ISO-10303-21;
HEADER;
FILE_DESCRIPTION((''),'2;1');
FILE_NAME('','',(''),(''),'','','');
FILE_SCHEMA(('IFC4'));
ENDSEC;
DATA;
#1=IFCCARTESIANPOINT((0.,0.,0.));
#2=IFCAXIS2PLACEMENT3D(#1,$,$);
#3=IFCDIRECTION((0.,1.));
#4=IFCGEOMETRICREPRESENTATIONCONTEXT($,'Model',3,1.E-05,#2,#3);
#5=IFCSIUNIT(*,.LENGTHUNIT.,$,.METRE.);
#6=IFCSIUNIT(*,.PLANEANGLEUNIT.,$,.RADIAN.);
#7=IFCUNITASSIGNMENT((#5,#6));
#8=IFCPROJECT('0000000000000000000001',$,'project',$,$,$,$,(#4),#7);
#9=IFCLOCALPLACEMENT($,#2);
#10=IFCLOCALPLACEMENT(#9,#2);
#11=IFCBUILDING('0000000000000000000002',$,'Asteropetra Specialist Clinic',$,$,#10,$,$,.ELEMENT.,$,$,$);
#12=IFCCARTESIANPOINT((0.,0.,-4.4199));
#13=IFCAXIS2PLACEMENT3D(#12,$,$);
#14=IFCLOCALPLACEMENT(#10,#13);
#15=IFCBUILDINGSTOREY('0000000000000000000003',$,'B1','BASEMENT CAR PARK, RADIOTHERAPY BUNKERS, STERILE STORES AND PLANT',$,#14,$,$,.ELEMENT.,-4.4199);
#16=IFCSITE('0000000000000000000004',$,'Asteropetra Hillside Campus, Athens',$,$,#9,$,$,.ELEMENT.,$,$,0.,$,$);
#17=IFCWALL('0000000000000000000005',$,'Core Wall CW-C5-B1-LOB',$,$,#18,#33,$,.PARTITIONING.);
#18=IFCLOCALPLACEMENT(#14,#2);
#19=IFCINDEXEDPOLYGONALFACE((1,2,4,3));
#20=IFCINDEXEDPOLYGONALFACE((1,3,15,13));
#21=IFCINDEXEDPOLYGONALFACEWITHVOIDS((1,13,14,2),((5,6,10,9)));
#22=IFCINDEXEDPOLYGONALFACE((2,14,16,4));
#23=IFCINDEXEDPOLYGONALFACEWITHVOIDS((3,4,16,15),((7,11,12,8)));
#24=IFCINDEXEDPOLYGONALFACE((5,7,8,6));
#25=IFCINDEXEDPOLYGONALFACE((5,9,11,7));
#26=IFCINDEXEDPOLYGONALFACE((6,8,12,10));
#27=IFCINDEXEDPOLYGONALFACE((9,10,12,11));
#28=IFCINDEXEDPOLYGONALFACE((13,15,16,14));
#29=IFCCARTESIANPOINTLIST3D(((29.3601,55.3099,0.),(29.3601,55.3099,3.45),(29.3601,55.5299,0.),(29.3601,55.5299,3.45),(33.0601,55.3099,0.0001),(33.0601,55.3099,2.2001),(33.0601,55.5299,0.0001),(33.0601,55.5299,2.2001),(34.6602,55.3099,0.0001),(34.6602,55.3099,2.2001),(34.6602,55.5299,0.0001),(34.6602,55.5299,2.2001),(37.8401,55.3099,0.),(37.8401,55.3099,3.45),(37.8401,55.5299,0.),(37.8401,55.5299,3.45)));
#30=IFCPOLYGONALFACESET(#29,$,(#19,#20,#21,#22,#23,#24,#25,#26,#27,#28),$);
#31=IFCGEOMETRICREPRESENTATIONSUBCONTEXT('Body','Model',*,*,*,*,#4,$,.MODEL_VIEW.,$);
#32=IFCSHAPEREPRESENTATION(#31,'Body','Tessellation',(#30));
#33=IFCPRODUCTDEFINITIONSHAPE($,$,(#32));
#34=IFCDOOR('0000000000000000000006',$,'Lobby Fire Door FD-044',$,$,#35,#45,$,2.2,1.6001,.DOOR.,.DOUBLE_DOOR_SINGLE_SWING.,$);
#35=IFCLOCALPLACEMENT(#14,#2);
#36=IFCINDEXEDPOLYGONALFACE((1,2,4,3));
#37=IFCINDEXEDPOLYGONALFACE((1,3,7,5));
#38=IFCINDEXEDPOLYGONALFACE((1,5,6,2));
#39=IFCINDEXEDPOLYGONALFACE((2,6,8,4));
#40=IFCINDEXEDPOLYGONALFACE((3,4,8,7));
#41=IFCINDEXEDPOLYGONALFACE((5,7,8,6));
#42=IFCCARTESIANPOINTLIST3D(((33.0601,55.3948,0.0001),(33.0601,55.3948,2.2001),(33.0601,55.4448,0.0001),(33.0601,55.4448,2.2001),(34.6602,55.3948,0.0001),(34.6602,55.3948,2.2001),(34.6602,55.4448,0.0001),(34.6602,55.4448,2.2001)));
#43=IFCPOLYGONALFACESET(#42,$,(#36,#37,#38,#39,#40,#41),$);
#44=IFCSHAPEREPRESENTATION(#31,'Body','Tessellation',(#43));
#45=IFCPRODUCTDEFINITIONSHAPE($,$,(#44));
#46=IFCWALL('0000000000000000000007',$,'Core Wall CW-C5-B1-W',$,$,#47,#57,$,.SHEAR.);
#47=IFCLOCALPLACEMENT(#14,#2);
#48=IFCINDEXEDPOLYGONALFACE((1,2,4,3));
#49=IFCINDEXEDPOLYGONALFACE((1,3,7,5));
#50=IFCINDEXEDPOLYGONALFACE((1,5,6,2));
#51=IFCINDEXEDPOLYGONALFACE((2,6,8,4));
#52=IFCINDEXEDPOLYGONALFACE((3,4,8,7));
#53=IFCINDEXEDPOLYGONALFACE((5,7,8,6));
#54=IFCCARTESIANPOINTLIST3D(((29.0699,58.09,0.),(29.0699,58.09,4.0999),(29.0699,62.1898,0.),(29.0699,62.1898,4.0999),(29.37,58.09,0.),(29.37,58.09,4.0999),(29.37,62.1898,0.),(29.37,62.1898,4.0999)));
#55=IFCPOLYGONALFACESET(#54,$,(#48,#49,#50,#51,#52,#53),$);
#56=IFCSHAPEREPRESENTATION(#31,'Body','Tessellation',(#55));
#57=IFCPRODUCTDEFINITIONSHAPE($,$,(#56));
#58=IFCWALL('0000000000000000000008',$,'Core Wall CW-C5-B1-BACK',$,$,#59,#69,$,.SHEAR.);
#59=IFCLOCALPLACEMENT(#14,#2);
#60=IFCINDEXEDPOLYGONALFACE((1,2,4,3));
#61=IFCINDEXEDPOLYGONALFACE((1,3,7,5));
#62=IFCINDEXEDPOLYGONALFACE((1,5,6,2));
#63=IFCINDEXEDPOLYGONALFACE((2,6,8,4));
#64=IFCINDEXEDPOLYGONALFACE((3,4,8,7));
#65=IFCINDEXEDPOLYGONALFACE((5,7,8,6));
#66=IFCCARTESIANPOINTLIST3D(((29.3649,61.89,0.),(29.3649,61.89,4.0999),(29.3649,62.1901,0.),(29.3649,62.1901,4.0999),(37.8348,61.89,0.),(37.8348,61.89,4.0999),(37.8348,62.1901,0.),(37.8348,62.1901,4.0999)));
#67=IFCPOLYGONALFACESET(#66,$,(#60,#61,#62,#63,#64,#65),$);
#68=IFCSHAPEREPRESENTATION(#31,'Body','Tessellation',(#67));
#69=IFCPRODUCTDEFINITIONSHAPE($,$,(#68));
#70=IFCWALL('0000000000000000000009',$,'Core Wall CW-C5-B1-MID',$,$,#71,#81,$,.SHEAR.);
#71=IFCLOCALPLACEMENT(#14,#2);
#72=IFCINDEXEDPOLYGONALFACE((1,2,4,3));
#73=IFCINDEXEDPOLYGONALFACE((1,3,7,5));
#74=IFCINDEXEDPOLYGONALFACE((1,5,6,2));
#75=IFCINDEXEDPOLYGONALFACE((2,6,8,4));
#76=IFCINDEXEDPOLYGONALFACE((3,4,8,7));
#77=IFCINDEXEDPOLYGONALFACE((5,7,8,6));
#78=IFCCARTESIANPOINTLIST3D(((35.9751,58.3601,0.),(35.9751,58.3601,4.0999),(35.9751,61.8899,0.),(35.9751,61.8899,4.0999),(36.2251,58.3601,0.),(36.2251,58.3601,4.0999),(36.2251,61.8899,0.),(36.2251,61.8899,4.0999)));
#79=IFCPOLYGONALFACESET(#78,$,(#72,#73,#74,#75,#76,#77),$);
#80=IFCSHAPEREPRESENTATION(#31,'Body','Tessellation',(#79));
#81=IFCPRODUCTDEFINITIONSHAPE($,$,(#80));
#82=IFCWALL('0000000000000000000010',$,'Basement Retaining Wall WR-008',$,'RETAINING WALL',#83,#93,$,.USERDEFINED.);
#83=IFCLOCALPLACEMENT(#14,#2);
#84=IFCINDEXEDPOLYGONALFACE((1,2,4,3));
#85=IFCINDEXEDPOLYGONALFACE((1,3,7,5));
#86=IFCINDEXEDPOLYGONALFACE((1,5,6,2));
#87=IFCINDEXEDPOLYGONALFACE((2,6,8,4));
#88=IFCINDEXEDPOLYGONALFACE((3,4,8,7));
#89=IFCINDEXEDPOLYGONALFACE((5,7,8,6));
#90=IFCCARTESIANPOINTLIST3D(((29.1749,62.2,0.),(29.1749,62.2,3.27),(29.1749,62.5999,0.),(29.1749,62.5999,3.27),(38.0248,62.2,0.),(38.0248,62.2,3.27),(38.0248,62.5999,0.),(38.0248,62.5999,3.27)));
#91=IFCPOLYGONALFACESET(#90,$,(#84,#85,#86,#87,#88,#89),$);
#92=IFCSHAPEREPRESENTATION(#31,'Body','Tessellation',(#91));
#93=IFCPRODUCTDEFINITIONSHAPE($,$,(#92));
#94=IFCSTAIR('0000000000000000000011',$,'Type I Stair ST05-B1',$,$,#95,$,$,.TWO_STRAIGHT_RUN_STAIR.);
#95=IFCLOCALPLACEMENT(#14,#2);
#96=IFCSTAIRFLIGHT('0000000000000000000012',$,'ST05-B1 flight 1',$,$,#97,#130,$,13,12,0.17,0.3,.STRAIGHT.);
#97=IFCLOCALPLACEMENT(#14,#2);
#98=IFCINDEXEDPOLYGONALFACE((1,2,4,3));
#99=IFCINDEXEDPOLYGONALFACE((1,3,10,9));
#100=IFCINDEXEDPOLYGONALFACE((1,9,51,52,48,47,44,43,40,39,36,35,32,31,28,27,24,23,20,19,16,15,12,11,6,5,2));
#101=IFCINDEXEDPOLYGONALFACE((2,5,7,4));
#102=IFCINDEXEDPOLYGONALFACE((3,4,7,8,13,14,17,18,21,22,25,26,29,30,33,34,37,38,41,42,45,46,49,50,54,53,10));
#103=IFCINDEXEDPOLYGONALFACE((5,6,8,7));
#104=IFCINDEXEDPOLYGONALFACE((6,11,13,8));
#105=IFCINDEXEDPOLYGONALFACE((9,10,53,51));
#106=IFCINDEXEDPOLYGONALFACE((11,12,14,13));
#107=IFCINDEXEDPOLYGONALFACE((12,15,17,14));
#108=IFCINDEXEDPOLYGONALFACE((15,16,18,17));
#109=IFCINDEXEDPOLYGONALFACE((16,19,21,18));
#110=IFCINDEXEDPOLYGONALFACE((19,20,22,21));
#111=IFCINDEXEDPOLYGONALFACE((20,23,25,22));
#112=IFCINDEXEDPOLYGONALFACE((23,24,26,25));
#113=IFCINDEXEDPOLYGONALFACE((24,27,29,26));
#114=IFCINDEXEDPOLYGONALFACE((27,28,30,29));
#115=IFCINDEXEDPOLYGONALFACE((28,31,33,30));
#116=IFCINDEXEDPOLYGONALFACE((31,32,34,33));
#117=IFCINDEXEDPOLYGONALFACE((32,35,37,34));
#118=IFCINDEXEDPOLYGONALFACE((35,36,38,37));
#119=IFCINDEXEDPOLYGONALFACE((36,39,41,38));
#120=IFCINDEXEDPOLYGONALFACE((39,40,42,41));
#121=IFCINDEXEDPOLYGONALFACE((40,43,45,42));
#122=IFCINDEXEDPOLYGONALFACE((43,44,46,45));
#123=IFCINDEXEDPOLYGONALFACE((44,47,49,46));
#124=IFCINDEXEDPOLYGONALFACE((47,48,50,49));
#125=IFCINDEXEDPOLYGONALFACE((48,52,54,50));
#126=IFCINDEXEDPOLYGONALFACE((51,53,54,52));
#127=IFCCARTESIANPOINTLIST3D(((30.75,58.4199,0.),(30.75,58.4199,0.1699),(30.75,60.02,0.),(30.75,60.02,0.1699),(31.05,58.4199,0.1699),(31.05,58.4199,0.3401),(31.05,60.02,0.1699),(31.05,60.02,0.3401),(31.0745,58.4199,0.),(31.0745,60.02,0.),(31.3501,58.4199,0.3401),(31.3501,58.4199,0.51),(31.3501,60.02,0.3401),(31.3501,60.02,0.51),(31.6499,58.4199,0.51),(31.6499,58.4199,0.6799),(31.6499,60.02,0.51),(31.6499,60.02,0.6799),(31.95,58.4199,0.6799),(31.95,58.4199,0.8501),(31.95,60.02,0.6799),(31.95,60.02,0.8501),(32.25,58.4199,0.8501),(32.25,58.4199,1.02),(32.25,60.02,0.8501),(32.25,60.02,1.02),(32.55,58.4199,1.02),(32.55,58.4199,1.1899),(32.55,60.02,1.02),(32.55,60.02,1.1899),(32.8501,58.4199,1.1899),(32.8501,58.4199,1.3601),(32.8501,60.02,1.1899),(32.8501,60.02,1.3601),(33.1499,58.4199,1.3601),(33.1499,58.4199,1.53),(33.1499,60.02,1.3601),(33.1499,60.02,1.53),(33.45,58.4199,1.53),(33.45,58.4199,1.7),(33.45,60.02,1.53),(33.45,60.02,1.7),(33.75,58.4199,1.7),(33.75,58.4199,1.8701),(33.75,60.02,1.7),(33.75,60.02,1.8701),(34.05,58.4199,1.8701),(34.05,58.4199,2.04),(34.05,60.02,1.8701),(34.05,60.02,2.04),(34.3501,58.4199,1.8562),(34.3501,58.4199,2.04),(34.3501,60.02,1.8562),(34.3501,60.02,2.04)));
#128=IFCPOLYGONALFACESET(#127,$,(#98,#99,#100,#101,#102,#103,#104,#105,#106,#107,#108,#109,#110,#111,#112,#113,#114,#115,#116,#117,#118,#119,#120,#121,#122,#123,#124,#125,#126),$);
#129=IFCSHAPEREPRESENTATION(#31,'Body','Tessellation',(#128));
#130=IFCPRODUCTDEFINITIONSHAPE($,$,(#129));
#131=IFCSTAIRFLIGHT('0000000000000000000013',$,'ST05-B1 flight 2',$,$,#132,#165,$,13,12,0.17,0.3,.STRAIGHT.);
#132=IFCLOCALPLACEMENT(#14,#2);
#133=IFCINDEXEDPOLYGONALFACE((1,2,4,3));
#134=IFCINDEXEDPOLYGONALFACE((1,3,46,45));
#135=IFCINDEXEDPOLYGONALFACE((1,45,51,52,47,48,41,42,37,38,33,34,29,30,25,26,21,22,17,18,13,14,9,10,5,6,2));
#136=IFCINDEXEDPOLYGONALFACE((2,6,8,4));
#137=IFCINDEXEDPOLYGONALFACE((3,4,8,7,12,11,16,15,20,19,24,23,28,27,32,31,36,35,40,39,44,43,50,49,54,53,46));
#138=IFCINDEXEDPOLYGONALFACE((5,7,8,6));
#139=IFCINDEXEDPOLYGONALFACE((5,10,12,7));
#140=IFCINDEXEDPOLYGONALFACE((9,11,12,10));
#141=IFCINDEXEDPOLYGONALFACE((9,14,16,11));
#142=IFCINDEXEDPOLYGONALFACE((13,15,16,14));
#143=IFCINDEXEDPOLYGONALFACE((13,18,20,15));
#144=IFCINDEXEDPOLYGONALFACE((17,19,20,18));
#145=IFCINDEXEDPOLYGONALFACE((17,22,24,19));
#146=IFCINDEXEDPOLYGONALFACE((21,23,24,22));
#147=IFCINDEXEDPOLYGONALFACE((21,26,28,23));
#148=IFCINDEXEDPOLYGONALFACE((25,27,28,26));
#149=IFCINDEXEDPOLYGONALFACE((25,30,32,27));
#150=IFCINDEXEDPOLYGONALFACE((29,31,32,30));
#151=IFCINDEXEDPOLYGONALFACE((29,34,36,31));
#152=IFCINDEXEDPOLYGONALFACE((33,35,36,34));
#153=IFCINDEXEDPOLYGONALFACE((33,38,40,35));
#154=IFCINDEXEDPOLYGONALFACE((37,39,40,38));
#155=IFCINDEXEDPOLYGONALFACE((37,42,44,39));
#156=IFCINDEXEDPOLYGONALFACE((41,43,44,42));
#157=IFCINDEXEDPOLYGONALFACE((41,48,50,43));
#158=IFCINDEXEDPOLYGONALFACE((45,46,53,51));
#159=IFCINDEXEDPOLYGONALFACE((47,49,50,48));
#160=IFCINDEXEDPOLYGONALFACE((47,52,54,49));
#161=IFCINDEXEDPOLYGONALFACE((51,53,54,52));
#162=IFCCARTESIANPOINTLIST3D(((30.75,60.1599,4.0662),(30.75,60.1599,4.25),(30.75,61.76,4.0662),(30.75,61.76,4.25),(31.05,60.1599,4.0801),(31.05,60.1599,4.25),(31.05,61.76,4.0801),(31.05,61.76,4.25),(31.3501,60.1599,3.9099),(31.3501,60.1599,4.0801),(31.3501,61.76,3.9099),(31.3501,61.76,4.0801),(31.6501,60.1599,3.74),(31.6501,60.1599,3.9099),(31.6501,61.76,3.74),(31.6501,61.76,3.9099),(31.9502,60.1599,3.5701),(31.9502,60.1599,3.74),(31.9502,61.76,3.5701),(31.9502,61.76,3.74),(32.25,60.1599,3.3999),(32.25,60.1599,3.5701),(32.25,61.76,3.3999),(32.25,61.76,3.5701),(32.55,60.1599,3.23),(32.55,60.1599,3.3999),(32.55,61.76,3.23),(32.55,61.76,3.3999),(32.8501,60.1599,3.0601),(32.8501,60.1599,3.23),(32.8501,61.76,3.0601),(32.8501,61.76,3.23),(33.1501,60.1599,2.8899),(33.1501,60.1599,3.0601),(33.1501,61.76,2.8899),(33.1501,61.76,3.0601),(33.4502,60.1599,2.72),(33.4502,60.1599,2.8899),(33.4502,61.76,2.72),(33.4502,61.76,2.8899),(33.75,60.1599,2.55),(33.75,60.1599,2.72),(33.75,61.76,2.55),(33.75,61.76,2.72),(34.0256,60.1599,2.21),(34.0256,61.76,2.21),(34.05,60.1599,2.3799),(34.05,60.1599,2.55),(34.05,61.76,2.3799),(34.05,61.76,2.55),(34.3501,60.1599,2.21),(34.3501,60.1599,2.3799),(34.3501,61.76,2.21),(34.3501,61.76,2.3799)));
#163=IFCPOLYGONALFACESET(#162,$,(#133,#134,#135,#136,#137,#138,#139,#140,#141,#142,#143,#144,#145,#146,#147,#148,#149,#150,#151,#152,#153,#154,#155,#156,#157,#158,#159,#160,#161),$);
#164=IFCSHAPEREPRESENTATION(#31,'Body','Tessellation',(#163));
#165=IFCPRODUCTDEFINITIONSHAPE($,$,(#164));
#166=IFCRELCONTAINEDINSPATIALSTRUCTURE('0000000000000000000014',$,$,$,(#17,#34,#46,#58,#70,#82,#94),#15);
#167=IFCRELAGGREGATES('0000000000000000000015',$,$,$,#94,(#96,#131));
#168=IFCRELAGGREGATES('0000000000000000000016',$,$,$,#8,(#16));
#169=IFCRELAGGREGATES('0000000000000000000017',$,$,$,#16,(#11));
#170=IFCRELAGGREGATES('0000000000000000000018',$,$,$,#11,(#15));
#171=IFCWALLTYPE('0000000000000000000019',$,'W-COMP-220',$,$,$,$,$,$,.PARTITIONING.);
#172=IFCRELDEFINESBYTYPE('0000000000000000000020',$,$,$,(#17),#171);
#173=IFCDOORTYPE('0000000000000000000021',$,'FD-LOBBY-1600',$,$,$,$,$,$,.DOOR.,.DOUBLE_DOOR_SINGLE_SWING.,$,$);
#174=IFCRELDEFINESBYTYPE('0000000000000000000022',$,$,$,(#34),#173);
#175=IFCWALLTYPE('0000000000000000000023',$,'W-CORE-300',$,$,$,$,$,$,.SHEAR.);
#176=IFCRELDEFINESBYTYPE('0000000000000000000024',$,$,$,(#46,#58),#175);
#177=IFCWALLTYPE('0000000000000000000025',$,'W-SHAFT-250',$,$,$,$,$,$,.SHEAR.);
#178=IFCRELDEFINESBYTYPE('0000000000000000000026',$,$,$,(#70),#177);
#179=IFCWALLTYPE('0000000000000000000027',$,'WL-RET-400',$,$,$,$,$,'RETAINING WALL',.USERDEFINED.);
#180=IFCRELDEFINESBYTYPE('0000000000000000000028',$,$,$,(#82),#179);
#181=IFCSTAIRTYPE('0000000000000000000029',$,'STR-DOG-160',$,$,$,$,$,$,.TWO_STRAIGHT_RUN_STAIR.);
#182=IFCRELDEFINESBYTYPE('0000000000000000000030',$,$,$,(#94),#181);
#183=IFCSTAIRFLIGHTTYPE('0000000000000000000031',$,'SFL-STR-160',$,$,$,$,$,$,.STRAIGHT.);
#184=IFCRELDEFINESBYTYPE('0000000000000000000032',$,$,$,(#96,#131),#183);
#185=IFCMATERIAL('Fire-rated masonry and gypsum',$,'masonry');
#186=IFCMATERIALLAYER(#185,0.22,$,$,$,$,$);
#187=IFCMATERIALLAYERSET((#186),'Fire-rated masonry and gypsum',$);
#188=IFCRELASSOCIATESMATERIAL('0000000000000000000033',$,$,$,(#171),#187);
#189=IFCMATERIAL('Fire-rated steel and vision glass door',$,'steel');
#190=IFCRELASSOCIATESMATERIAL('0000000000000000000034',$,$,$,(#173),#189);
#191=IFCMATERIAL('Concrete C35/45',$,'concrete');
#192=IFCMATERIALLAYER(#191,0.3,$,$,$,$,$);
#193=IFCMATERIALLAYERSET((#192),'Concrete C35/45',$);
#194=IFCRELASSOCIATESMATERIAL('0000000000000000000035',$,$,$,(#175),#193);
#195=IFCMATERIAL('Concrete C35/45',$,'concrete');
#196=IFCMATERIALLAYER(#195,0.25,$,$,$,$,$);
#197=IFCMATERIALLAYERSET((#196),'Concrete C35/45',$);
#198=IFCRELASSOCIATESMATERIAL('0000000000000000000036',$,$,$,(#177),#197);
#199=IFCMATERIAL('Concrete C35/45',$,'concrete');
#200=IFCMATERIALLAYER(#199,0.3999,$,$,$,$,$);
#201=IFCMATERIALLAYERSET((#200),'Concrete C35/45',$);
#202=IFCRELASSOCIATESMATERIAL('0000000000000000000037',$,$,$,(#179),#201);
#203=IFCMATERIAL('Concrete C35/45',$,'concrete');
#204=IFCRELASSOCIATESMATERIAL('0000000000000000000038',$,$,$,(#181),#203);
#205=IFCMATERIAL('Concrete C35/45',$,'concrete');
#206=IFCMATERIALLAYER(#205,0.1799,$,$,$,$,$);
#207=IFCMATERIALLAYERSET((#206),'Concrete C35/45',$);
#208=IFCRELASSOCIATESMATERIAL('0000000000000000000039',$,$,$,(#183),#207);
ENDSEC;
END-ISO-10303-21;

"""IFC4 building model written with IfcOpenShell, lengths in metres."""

from ifc_helpers import new_model, si_unit, direction, frame, frame_2d, origin, place, context, subcontext, project, spatial, polyline, rectangle, outline, extrude, material, layer, layer_set, type_object, element, fill, aggregate, save


model = new_model("IFC4")

# Units and contexts
model_context = context("Model", 3, precision=1e-05, world=origin(), true_north=direction((0.0, 1.0)))
body_context = subcontext(model_context, "Body", "Model", "MODEL_VIEW")
ifc_project = project(units=[si_unit("LENGTHUNIT", "METRE"), si_unit("PLANEANGLEUNIT", "RADIAN")], contexts=[model_context])

# Site, building, storey
site_placement = place(None, origin())
site = spatial("IfcSite", under=ifc_project, at=site_placement, Name="Asteropetra Hillside Campus, Athens", CompositionType="ELEMENT", RefElevation=0.0)
building_placement = place(site_placement, origin())
building = spatial("IfcBuilding", under=site, at=building_placement, Name="Asteropetra Specialist Clinic", CompositionType="ELEMENT")
storey_placement = place(building_placement, frame((0.0, 0.0, -4.4199)))
storey = spatial("IfcBuildingStorey", under=building, at=storey_placement, Name="B1", Description="BASEMENT CAR PARK, RADIOTHERAPY BUNKERS, STERILE STORES AND PLANT", CompositionType="ELEMENT", Elevation=-4.4199)

# Wall, opening, door
ifc_material_1 = material(Name="Fire-rated masonry and gypsum", Category="masonry")
ifc_layer_1 = layer(ifc_material_1, 0.22)
ifc_layer_set_1 = layer_set([ifc_layer_1], Name="Fire-rated masonry and gypsum")
wall_type_1 = type_object("IfcWallType", Name="W-COMP-220", PredefinedType="PARTITIONING", material=ifc_layer_set_1)
wall_1_placement = place(storey_placement, frame((29.3601, 55.4199, 0.0), z_axis=(0.0, 0.0, 1.0), x_axis=(1.0, 0.0, 0.0)))
wall_1 = element("IfcWall", 1, at=wall_1_placement, inside=storey, type_object=wall_type_1, Name="Core Wall CW-C5-B1-LOB", PredefinedType="PARTITIONING", context=body_context, shape_type="SweptSolid", body=[
    extrude(rectangle(XDim=8.48, YDim=0.22, at=frame_2d((4.24, 0.0))), origin(), (0.0, 0.0, 1.0), 3.45),
])
opening_1_placement = place(wall_1_placement, frame((3.7, 0.0, 0.0)))
opening_1 = element("IfcOpeningElement", 2, at=opening_1_placement, cuts=wall_1, PredefinedType="OPENING", context=body_context, shape_type="SweptSolid", body=[
    extrude(rectangle(XDim=1.6001, YDim=2.2, at=frame_2d((0.8, 1.1001))), frame((0.0, 0.1199, 0.0), z_axis=(0.0, -1.0, 0.0), x_axis=(1.0, 0.0, 0.0)), (0.0, 0.0, 1.0), 0.24),
])
ifc_material_2 = material(Name="Fire-rated steel and vision glass door", Category="steel")
door_type_1 = type_object("IfcDoorType", Name="FD-LOBBY-1600", OperationType="DOUBLE_DOOR_SINGLE_SWING", PredefinedType="DOOR", material=ifc_material_2)
door_1_placement = place(opening_1_placement, origin())
door_1 = element("IfcDoor", 3, at=door_1_placement, inside=storey, type_object=door_type_1, Name="Lobby Fire Door FD-044", OperationType="DOUBLE_DOOR_SINGLE_SWING", OverallHeight=2.2, OverallWidth=1.6001, PredefinedType="DOOR", context=body_context, shape_type="SweptSolid", body=[
    extrude(rectangle(XDim=1.6001, YDim=2.2, at=frame_2d((0.8, 1.1001))), frame((0.0, 0.0249, 0.0), z_axis=(0.0, -1.0, 0.0), x_axis=(1.0, 0.0, 0.0)), (0.0, 0.0, 1.0), 0.05),
])
fill(opening_1, door_1)

# Walls
ifc_material_3 = material(Name="Concrete C35/45", Category="concrete")
ifc_layer_2 = layer(ifc_material_3, 0.3)
ifc_layer_set_2 = layer_set([ifc_layer_2], Name="Concrete C35/45")
wall_type_2 = type_object("IfcWallType", Name="W-CORE-300", PredefinedType="SHEAR", material=ifc_layer_set_2)
wall_2_placement = place(storey_placement, frame((29.22, 58.0901, 0.0), z_axis=(0.0, 0.0, 1.0), x_axis=(0.0, 1.0, 0.0)))
element("IfcWall", 4, at=wall_2_placement, inside=storey, type_object=wall_type_2, Name="Core Wall CW-C5-B1-W", PredefinedType="SHEAR", context=body_context, shape_type="SweptSolid", body=[
    extrude(rectangle(XDim=4.0999, YDim=0.3, at=frame_2d((2.0498, 0.0))), origin(), (0.0, 0.0, 1.0), 4.0999),
])
wall_3_placement = place(storey_placement, frame((29.365, 62.04, 0.0), z_axis=(0.0, 0.0, 1.0), x_axis=(1.0, 0.0, 0.0)))
element("IfcWall", 5, at=wall_3_placement, inside=storey, type_object=wall_type_2, Name="Core Wall CW-C5-B1-BACK", PredefinedType="SHEAR", context=body_context, shape_type="SweptSolid", body=[
    extrude(rectangle(XDim=8.47, YDim=0.3, at=frame_2d((4.2349, 0.0))), origin(), (0.0, 0.0, 1.0), 4.0999),
])
ifc_material_4 = material(Name="Concrete C35/45", Category="concrete")
ifc_layer_3 = layer(ifc_material_4, 0.25)
ifc_layer_set_3 = layer_set([ifc_layer_3], Name="Concrete C35/45")
wall_type_3 = type_object("IfcWallType", Name="W-SHAFT-250", PredefinedType="SHEAR", material=ifc_layer_set_3)
wall_4_placement = place(storey_placement, frame((36.1001, 58.3601, 0.0), z_axis=(0.0, 0.0, 1.0), x_axis=(0.0, 1.0, 0.0)))
element("IfcWall", 6, at=wall_4_placement, inside=storey, type_object=wall_type_3, Name="Core Wall CW-C5-B1-MID", PredefinedType="SHEAR", context=body_context, shape_type="SweptSolid", body=[
    extrude(rectangle(XDim=3.5298, YDim=0.25, at=frame_2d((1.7649, 0.0))), origin(), (0.0, 0.0, 1.0), 4.0999),
])

# Wall
ifc_material_5 = material(Name="Concrete C35/45", Category="concrete")
ifc_layer_4 = layer(ifc_material_5, 0.3999)
ifc_layer_set_4 = layer_set([ifc_layer_4], Name="Concrete C35/45")
wall_type_4 = type_object("IfcWallType", Name="WL-RET-400", ElementType="RETAINING WALL", PredefinedType="USERDEFINED", material=ifc_layer_set_4)
wall_5_placement = place(storey_placement, frame((29.175, 62.3999, 0.0), z_axis=(0.0, 0.0, 1.0), x_axis=(1.0, 0.0, 0.0)))
element("IfcWall", 7, at=wall_5_placement, inside=storey, type_object=wall_type_4, Name="Basement Retaining Wall WR-008", ObjectType="RETAINING WALL", PredefinedType="USERDEFINED", context=body_context, shape_type="SweptSolid", body=[
    extrude(rectangle(XDim=8.8499, YDim=0.3999, at=frame_2d((4.4248, 0.0))), origin(), (0.0, 0.0, 1.0), 3.27),
])

# Stair, stair flights
ifc_material_6 = material(Name="Concrete C35/45", Category="concrete")
stair_type = type_object("IfcStairType", Name="STR-DOG-160", PredefinedType="TWO_STRAIGHT_RUN_STAIR", material=ifc_material_6)
stair_placement = place(storey_placement, origin())
stair = element("IfcStair", 8, at=stair_placement, inside=storey, type_object=stair_type, Name="Type I Stair ST05-B1", PredefinedType="TWO_STRAIGHT_RUN_STAIR")
ifc_material_7 = material(Name="Concrete C35/45", Category="concrete")
ifc_layer_5 = layer(ifc_material_7, 0.1799)
ifc_layer_set_5 = layer_set([ifc_layer_5], Name="Concrete C35/45")
stair_flight_type = type_object("IfcStairFlightType", Name="SFL-STR-160", PredefinedType="STRAIGHT", material=ifc_layer_set_5)
stair_flight_1_placement = place(storey_placement, frame((30.75, 59.22, 0.0), z_axis=(0.0, 0.0, 1.0), x_axis=(1.0, 0.0, 0.0)))
stair_flight_1 = element("IfcStairFlight", 9, at=stair_flight_1_placement, type_object=stair_flight_type, Name="ST05-B1 flight 1", NumberOfRisers=13, NumberOfTreads=12, PredefinedType="STRAIGHT", RiserHeight=0.17, TreadLength=0.3, context=body_context, shape_type="SweptSolid", body=[
    extrude(outline(polyline([(0.0, 0.0), (0.0, 0.1699), (0.3, 0.1699), (0.3, 0.3401), (0.6001, 0.3401), (0.6001, 0.51), (0.8999, 0.51), (0.8999, 0.6799), (1.2, 0.6799), (1.2, 0.8501), (1.5, 0.8501), (1.5, 1.02), (1.8, 1.02), (1.8, 1.1899), (2.1001, 1.1899), (2.1001, 1.3601), (2.3999, 1.3601), (2.3999, 1.53), (2.7, 1.53), (2.7, 1.7), (3.0, 1.7), (3.0, 1.8701), (3.3, 1.8701), (3.3, 2.04), (3.6001, 2.04), (3.6001, 2.21), (3.6001, 1.8562), (0.3245, 0.0), (0.0, 0.0)])), frame((0.0, 0.8, 0.0), z_axis=(0.0, -1.0, 0.0), x_axis=(1.0, 0.0, 0.0)), (0.0, 0.0, 1.0), 1.6001),
])
stair_flight_2_placement = place(storey_placement, frame((34.3501, 60.96, 2.21), z_axis=(0.0, 0.0, 1.0), x_axis=(-1.0, 0.0, 0.0)))
stair_flight_2 = element("IfcStairFlight", 10, at=stair_flight_2_placement, type_object=stair_flight_type, Name="ST05-B1 flight 2", NumberOfRisers=13, NumberOfTreads=12, PredefinedType="STRAIGHT", RiserHeight=0.17, TreadLength=0.3, context=body_context, shape_type="SweptSolid", body=[
    extrude(outline(polyline([(0.0, 0.0), (0.0, 0.1699), (0.3, 0.1699), (0.3, 0.3401), (0.6001, 0.3401), (0.6001, 0.51), (0.8999, 0.51), (0.8999, 0.6799), (1.2, 0.6799), (1.2, 0.8501), (1.5, 0.8501), (1.5, 1.02), (1.8, 1.02), (1.8, 1.1899), (2.1001, 1.1899), (2.1001, 1.3601), (2.3999, 1.3601), (2.3999, 1.53), (2.7, 1.53), (2.7, 1.7), (3.0, 1.7), (3.0, 1.8701), (3.3, 1.8701), (3.3, 2.04), (3.6001, 2.04), (3.6001, 2.21), (3.6001, 1.8562), (0.3245, 0.0), (0.0, 0.0)])), frame((0.0, 0.8, 0.0), z_axis=(0.0, -1.0, 0.0), x_axis=(1.0, 0.0, 0.0)), (0.0, 0.0, 1.0), 1.6001),
])
aggregate(stair, [stair_flight_1, stair_flight_2])

save(model, "model.ifc")
